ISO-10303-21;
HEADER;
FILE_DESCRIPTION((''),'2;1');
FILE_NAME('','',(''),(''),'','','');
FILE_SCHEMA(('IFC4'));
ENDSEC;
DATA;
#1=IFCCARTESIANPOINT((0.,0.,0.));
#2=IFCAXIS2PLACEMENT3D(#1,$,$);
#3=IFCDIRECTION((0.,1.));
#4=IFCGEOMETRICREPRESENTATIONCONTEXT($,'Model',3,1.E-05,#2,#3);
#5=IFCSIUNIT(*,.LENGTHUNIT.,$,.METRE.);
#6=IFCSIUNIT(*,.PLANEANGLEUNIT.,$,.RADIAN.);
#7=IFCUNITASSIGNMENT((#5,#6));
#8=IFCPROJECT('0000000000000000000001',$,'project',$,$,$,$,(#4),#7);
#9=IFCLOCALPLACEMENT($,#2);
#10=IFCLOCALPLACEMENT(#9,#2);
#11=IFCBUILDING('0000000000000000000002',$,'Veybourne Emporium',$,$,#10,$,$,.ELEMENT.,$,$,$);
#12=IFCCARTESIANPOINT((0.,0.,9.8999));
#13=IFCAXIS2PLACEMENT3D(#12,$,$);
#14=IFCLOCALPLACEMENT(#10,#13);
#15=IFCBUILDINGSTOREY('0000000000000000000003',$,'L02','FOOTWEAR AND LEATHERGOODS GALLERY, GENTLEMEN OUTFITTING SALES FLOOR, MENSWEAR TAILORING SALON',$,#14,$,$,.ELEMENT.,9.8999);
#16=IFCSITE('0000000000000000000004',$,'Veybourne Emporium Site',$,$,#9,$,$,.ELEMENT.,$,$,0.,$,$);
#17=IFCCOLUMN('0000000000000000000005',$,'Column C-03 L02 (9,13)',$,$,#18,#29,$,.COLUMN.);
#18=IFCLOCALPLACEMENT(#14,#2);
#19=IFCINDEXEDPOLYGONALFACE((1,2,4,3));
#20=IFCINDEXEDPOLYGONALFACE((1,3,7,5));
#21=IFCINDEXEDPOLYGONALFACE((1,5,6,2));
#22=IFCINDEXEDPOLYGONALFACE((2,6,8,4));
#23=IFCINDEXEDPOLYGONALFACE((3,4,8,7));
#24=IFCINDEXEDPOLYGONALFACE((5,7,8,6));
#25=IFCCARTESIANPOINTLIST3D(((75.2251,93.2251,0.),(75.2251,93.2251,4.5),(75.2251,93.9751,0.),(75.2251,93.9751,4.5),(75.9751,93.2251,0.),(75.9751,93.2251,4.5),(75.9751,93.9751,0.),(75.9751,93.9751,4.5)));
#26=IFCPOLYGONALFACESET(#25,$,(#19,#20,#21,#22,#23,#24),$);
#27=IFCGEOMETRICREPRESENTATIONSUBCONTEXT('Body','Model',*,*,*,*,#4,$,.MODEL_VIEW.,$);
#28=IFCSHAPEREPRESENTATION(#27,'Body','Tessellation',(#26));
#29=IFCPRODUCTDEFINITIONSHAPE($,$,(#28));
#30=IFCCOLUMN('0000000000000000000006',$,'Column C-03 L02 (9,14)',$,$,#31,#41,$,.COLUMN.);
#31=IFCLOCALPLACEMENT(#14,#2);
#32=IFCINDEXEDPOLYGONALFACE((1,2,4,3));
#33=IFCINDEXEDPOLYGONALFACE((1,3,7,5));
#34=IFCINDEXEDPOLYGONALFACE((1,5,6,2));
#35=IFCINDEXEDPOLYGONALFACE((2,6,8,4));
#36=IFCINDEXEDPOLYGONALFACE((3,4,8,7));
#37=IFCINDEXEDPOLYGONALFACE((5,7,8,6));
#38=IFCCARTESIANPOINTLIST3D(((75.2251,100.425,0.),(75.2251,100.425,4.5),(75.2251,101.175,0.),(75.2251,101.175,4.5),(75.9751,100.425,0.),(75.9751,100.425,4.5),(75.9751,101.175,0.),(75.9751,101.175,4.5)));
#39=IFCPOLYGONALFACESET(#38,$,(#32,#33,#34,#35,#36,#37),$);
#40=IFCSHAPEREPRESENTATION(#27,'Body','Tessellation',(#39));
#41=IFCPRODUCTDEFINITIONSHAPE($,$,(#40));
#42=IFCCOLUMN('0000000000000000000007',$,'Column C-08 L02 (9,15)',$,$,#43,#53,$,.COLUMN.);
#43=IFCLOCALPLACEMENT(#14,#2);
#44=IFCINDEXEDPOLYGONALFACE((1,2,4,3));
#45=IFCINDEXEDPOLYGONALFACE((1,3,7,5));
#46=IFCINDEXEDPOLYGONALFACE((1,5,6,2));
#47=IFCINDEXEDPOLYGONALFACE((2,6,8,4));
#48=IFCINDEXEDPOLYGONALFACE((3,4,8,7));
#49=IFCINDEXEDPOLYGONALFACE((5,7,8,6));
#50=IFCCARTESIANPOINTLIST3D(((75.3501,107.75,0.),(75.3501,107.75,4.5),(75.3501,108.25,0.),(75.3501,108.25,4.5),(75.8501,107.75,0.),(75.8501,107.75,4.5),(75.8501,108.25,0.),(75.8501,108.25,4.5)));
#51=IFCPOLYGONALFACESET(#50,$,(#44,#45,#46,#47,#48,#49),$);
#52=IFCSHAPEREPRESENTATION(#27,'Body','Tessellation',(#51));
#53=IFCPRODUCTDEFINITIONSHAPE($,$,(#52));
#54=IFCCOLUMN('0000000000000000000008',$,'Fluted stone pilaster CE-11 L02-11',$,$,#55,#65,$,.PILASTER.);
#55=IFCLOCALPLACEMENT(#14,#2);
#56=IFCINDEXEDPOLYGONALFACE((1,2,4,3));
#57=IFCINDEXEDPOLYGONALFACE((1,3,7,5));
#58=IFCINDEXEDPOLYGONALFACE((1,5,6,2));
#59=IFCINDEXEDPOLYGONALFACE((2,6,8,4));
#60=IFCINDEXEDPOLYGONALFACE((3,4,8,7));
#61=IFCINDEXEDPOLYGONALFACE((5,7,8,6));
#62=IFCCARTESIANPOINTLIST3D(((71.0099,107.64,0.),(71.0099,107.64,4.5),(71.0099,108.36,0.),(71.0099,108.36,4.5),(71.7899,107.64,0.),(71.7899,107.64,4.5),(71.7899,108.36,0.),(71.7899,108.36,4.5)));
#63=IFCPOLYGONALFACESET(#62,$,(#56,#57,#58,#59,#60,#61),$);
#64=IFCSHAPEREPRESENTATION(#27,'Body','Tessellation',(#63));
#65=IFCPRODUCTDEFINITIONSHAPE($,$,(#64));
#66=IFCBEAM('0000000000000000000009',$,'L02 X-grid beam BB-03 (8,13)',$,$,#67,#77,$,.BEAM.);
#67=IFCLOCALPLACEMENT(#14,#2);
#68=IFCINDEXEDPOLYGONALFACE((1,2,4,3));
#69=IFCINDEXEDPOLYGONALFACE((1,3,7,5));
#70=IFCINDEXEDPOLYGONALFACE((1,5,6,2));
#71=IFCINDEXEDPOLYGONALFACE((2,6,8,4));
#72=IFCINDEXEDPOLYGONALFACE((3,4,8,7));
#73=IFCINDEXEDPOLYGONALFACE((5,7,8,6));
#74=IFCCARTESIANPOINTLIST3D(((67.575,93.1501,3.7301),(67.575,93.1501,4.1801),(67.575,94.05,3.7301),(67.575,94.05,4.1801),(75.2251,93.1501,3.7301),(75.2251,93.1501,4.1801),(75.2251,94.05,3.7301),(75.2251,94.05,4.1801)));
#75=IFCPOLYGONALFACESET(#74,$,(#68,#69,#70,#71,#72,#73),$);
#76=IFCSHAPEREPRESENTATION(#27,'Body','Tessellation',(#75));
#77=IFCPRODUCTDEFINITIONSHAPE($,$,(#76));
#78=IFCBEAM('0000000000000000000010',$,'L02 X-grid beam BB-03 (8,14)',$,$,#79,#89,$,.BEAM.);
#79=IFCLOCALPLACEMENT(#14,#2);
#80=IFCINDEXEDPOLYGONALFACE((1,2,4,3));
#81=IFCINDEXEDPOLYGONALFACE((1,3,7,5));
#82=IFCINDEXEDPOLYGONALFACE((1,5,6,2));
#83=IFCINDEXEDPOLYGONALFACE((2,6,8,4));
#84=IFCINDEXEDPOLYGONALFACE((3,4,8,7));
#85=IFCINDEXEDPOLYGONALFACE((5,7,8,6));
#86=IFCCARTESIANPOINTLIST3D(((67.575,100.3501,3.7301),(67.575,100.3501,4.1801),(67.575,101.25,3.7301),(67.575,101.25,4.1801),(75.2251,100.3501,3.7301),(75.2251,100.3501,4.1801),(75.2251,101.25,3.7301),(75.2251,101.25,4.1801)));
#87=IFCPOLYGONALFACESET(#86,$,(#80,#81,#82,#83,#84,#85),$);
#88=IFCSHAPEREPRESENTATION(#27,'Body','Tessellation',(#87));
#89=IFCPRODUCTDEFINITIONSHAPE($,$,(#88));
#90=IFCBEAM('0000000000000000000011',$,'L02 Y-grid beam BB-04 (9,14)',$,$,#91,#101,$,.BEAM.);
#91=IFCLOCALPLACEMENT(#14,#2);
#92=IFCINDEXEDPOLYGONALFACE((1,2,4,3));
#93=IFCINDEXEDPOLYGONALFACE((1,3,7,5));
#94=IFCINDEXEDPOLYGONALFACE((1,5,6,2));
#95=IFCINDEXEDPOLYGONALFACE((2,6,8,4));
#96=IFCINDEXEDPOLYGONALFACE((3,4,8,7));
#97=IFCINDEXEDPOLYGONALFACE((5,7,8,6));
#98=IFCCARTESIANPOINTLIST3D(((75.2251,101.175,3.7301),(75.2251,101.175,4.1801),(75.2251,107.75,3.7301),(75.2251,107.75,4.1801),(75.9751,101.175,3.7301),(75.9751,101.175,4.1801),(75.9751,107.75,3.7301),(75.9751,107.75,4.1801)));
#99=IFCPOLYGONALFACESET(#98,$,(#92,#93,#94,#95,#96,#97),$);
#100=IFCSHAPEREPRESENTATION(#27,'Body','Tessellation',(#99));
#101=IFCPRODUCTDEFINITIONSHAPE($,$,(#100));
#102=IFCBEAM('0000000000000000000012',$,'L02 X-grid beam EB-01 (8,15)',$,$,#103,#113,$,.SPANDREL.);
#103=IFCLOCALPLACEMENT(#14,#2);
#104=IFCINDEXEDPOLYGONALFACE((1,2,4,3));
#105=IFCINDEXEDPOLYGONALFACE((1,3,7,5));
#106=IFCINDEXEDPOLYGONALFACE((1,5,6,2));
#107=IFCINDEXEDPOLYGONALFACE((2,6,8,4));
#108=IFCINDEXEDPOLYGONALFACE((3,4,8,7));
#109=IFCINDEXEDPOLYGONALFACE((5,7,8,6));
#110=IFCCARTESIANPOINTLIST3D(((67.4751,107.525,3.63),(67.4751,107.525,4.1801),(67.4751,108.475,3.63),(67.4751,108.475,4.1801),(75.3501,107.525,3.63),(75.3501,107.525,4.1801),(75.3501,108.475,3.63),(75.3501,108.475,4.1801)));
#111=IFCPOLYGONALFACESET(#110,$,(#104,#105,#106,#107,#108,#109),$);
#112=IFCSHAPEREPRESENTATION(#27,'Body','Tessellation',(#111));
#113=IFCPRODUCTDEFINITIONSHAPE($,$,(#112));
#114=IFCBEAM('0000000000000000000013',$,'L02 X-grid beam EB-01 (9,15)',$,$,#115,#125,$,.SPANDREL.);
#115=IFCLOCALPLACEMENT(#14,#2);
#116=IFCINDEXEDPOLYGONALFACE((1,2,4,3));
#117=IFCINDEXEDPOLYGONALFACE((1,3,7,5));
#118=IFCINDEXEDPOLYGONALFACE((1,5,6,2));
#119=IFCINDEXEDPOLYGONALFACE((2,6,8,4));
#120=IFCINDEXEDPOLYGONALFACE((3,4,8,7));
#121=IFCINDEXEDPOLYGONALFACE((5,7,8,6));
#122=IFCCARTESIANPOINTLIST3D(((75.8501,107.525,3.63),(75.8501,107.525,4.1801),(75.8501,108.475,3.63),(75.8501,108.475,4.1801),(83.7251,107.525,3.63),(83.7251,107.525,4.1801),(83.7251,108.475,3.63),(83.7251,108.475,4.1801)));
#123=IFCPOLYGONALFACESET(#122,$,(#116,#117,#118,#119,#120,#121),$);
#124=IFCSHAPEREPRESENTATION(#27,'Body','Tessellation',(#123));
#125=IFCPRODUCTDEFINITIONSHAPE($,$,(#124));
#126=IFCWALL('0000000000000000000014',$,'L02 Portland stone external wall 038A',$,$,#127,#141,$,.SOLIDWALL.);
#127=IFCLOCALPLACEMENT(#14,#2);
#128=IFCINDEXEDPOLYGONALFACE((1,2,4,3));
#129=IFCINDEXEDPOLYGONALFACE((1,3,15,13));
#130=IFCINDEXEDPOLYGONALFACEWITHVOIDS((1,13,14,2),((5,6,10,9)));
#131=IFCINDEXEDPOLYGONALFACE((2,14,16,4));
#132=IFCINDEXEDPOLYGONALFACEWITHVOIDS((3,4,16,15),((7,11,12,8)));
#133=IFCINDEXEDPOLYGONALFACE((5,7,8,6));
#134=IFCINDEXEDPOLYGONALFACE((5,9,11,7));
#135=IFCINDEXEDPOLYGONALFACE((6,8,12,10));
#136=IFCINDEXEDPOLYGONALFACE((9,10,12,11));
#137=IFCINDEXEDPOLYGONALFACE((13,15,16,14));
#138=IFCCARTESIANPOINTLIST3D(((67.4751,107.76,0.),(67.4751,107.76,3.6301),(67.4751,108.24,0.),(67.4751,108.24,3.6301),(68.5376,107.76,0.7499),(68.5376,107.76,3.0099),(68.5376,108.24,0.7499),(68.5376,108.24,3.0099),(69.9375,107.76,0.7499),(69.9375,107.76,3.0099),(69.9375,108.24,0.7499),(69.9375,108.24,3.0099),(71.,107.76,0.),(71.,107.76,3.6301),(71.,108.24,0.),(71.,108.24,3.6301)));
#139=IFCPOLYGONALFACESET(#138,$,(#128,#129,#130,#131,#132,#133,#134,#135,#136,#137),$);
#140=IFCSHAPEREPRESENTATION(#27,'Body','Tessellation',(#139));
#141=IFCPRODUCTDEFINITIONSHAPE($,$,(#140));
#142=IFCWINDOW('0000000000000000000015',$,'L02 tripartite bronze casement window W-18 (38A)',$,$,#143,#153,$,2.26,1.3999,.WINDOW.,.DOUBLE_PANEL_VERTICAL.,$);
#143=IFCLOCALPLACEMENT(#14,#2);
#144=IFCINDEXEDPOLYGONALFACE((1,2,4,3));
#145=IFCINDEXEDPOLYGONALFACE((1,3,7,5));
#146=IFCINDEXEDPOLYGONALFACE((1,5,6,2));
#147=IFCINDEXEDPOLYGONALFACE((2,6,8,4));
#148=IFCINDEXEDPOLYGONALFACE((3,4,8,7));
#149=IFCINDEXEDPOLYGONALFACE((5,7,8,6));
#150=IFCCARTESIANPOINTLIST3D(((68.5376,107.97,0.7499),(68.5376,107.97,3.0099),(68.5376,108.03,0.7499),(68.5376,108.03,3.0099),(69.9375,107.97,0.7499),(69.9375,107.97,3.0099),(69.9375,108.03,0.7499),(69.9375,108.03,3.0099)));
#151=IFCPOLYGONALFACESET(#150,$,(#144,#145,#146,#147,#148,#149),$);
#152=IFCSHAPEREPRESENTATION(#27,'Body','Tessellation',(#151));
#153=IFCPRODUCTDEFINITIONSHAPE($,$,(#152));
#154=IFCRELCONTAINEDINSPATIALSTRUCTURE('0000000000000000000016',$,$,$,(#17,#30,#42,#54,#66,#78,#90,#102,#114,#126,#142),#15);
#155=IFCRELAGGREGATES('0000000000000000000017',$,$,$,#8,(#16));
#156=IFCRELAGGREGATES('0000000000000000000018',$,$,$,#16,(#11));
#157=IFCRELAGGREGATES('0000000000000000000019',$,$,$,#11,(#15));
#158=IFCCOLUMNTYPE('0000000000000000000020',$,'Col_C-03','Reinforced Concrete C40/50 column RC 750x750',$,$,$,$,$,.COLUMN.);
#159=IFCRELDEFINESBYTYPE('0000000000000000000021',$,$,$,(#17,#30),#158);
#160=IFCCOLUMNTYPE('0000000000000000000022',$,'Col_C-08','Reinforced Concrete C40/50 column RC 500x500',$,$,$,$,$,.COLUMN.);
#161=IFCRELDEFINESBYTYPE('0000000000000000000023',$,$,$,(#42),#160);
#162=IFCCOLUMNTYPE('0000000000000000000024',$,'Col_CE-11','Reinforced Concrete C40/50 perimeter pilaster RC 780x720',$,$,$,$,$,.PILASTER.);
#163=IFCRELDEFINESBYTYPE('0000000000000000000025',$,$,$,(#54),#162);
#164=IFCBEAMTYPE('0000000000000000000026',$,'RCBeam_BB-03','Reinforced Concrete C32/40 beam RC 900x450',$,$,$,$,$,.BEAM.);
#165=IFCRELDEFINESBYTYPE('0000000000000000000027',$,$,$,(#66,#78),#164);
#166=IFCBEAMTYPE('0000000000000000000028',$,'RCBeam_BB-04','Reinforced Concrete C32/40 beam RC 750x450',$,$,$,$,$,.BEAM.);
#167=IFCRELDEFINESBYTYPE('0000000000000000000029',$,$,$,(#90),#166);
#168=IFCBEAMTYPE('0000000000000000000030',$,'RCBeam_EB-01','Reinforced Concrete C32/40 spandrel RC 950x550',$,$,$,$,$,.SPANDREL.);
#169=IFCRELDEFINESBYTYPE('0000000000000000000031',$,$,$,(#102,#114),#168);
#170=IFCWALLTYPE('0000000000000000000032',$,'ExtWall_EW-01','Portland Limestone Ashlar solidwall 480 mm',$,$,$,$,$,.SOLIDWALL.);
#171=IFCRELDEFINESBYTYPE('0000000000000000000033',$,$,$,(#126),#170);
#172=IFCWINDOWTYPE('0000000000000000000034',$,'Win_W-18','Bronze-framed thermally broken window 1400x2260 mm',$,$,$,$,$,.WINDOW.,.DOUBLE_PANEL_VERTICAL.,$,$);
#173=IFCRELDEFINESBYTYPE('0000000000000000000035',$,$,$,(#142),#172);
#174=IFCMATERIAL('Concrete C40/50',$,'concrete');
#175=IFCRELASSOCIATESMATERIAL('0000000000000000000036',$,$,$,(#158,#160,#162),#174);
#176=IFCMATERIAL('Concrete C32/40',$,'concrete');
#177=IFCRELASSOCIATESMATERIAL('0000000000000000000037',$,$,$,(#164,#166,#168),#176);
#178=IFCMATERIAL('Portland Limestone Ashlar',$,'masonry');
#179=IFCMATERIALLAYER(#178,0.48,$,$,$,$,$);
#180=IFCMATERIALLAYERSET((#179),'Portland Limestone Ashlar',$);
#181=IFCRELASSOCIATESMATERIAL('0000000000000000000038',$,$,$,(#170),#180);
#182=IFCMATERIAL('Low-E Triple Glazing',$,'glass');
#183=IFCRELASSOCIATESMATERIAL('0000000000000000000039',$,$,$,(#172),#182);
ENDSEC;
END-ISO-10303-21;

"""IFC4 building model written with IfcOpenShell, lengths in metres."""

from ifc_helpers import new_model, si_unit, direction, frame, frame_2d, origin, origin_2d, place, context, subcontext, project, spatial, rectangle, extrude, material, layer, layer_set, material_profile, profile_set, type_object, element, fill, save


model = new_model("IFC4")

# Units and contexts
model_context = context("Model", 3, precision=1e-05, world=origin(), true_north=direction((0.0, 1.0)))
body_context = subcontext(model_context, "Body", "Model", "MODEL_VIEW")
ifc_project = project(units=[si_unit("LENGTHUNIT", "METRE"), si_unit("PLANEANGLEUNIT", "RADIAN")], contexts=[model_context])

# Site, building, storey
site_placement = place(None, origin())
site = spatial("IfcSite", under=ifc_project, at=site_placement, Name="Veybourne Emporium Site", CompositionType="ELEMENT", RefElevation=0.0)
building_placement = place(site_placement, origin())
building = spatial("IfcBuilding", under=site, at=building_placement, Name="Veybourne Emporium", CompositionType="ELEMENT")
storey_placement = place(building_placement, frame((0.0, 0.0, 9.8999)))
storey = spatial("IfcBuildingStorey", under=building, at=storey_placement, Name="L02", Description="FOOTWEAR AND LEATHERGOODS GALLERY, GENTLEMEN OUTFITTING SALES FLOOR, MENSWEAR TAILORING SALON", CompositionType="ELEMENT", Elevation=9.8999)

# Columns
ifc_material_1 = material(Name="Concrete C40/50", Category="concrete")
ifc_material_profile_1 = material_profile(ifc_material_1, rectangle(XDim=0.75, YDim=0.75, at=origin_2d()), Name="RC 750x750")
ifc_profile_set_1 = profile_set([ifc_material_profile_1], Name="Concrete C40/50")
column_type_1 = type_object("IfcColumnType", Name="Col_C-03", Description="Reinforced Concrete C40/50 column RC 750x750", PredefinedType="COLUMN", material=ifc_profile_set_1)
for number, where, z_axis, x_axis, name in (
    (1, (75.6001, 93.6001, 0.0), (0.0, 0.0, 1.0), (1.0, 0.0, 0.0), "Column C-03 L02 (9,13)"),
    (2, (75.6001, 100.8, 0.0), (0.0, 0.0, 1.0), (1.0, 0.0, 0.0), "Column C-03 L02 (9,14)"),
):
    element("IfcColumn", number, at=place(storey_placement, frame(where, z_axis=z_axis, x_axis=x_axis)), inside=storey, type_object=column_type_1, Name=name, PredefinedType="COLUMN", context=body_context, shape_type="SweptSolid", body=[
        extrude(rectangle(XDim=0.75, YDim=0.75, at=origin_2d()), origin(), (0.0, 0.0, 1.0), 4.5),
    ])
ifc_material_profile_2 = material_profile(ifc_material_1, rectangle(XDim=0.5, YDim=0.5, at=origin_2d()), Name="RC 500x500")
ifc_profile_set_2 = profile_set([ifc_material_profile_2], Name="Concrete C40/50")
column_type_2 = type_object("IfcColumnType", Name="Col_C-08", Description="Reinforced Concrete C40/50 column RC 500x500", PredefinedType="COLUMN", material=ifc_profile_set_2)
column_1_placement = place(storey_placement, frame((75.6001, 108.0, 0.0), z_axis=(0.0, 0.0, 1.0), x_axis=(1.0, 0.0, 0.0)))
element("IfcColumn", 3, at=column_1_placement, inside=storey, type_object=column_type_2, Name="Column C-08 L02 (9,15)", PredefinedType="COLUMN", context=body_context, shape_type="SweptSolid", body=[
    extrude(rectangle(XDim=0.5, YDim=0.5, at=origin_2d()), origin(), (0.0, 0.0, 1.0), 4.5),
])
ifc_material_profile_3 = material_profile(ifc_material_1, rectangle(XDim=0.78, YDim=0.72, at=origin_2d()), Name="RC 780x720")
ifc_profile_set_3 = profile_set([ifc_material_profile_3], Name="Concrete C40/50")
column_type_3 = type_object("IfcColumnType", Name="Col_CE-11", Description="Reinforced Concrete C40/50 perimeter pilaster RC 780x720", PredefinedType="PILASTER", material=ifc_profile_set_3)
column_2_placement = place(storey_placement, frame((71.3999, 108.0, 0.0), z_axis=(0.0, 0.0, 1.0), x_axis=(1.0, 0.0, 0.0)))
element("IfcColumn", 4, at=column_2_placement, inside=storey, type_object=column_type_3, Name="Fluted stone pilaster CE-11 L02-11", PredefinedType="PILASTER", context=body_context, shape_type="SweptSolid", body=[
    extrude(rectangle(XDim=0.78, YDim=0.72, at=origin_2d()), origin(), (0.0, 0.0, 1.0), 4.5),
])

# Beams
ifc_material_2 = material(Name="Concrete C32/40", Category="concrete")
ifc_material_profile_4 = material_profile(ifc_material_2, rectangle(XDim=0.8999, YDim=0.45, at=origin_2d()), Name="RC 900x450")
ifc_profile_set_4 = profile_set([ifc_material_profile_4], Name="Concrete C32/40")
beam_type_1 = type_object("IfcBeamType", Name="RCBeam_BB-03", Description="Reinforced Concrete C32/40 beam RC 900x450", PredefinedType="BEAM", material=ifc_profile_set_4)
for number, where, z_axis, x_axis, name in (
    (5, (67.575, 93.6001, 3.9551), (1.0, 0.0, 0.0), (0.0, 1.0, 0.0), "L02 X-grid beam BB-03 (8,13)"),
    (6, (67.575, 100.8, 3.9551), (1.0, 0.0, 0.0), (0.0, 1.0, 0.0), "L02 X-grid beam BB-03 (8,14)"),
):
    element("IfcBeam", number, at=place(storey_placement, frame(where, z_axis=z_axis, x_axis=x_axis)), inside=storey, type_object=beam_type_1, Name=name, PredefinedType="BEAM", context=body_context, shape_type="SweptSolid", body=[
        extrude(rectangle(XDim=0.8999, YDim=0.45, at=origin_2d()), origin(), (0.0, 0.0, 1.0), 7.6501),
    ])
ifc_material_profile_5 = material_profile(ifc_material_2, rectangle(XDim=0.75, YDim=0.45, at=origin_2d()), Name="RC 750x450")
ifc_profile_set_5 = profile_set([ifc_material_profile_5], Name="Concrete C32/40")
beam_type_2 = type_object("IfcBeamType", Name="RCBeam_BB-04", Description="Reinforced Concrete C32/40 beam RC 750x450", PredefinedType="BEAM", material=ifc_profile_set_5)
beam_placement = place(storey_placement, frame((75.6001, 101.175, 3.9551), z_axis=(0.0, 1.0, 0.0), x_axis=(-1.0, 0.0, 0.0)))
element("IfcBeam", 7, at=beam_placement, inside=storey, type_object=beam_type_2, Name="L02 Y-grid beam BB-04 (9,14)", PredefinedType="BEAM", context=body_context, shape_type="SweptSolid", body=[
    extrude(rectangle(XDim=0.75, YDim=0.45, at=origin_2d()), origin(), (0.0, 0.0, 1.0), 6.575),
])
ifc_material_profile_6 = material_profile(ifc_material_2, rectangle(XDim=0.95, YDim=0.55, at=origin_2d()), Name="RC 950x550")
ifc_profile_set_6 = profile_set([ifc_material_profile_6], Name="Concrete C32/40")
beam_type_3 = type_object("IfcBeamType", Name="RCBeam_EB-01", Description="Reinforced Concrete C32/40 spandrel RC 950x550", PredefinedType="SPANDREL", material=ifc_profile_set_6)
for number, where, z_axis, x_axis, name in (
    (8, (67.4751, 108.0, 3.905), (1.0, 0.0, 0.0), (0.0, 1.0, 0.0), "L02 X-grid beam EB-01 (8,15)"),
    (9, (75.8501, 108.0, 3.905), (1.0, 0.0, 0.0), (0.0, 1.0, 0.0), "L02 X-grid beam EB-01 (9,15)"),
):
    element("IfcBeam", number, at=place(storey_placement, frame(where, z_axis=z_axis, x_axis=x_axis)), inside=storey, type_object=beam_type_3, Name=name, PredefinedType="SPANDREL", context=body_context, shape_type="SweptSolid", body=[
        extrude(rectangle(XDim=0.95, YDim=0.55, at=origin_2d()), origin(), (0.0, 0.0, 1.0), 7.875),
    ])

# Wall, opening, window
ifc_material_3 = material(Name="Portland Limestone Ashlar", Category="masonry")
ifc_layer_1 = layer(ifc_material_3, 0.48)
ifc_layer_set_1 = layer_set([ifc_layer_1], Name="Portland Limestone Ashlar")
wall_type_1 = type_object("IfcWallType", Name="ExtWall_EW-01", Description="Portland Limestone Ashlar solidwall 480 mm", PredefinedType="SOLIDWALL", material=ifc_layer_set_1)
wall_1_placement = place(storey_placement, frame((67.4751, 108.0, 0.0), z_axis=(0.0, 0.0, 1.0), x_axis=(1.0, 0.0, 0.0)))
wall_1 = element("IfcWall", 10, at=wall_1_placement, inside=storey, type_object=wall_type_1, Name="L02 Portland stone external wall 038A", PredefinedType="SOLIDWALL", context=body_context, shape_type="SweptSolid", body=[
    extrude(rectangle(XDim=3.5249, YDim=0.48, at=frame_2d((1.7625, 0.0))), origin(), (0.0, 0.0, 1.0), 3.6301),
])
opening_1_placement = place(wall_1_placement, frame((1.0625, 0.0, 0.75)))
opening_1 = element("IfcOpeningElement", 11, at=opening_1_placement, cuts=wall_1, PredefinedType="OPENING", context=body_context, shape_type="SweptSolid", body=[
    extrude(rectangle(XDim=1.3999, YDim=2.26, at=frame_2d((0.7, 1.1299))), frame((0.0, 0.26, 0.0), z_axis=(0.0, -1.0, 0.0), x_axis=(1.0, 0.0, 0.0)), (0.0, 0.0, 1.0), 0.52),
])
ifc_material_4 = material(Name="Low-E Triple Glazing", Category="glass")
window_type_1 = type_object("IfcWindowType", Name="Win_W-18", Description="Bronze-framed thermally broken window 1400x2260 mm", PartitioningType="DOUBLE_PANEL_VERTICAL", PredefinedType="WINDOW", material=ifc_material_4)
window_1_placement = place(opening_1_placement, origin())
window_1 = element("IfcWindow", 12, at=window_1_placement, inside=storey, type_object=window_type_1, Name="L02 tripartite bronze casement window W-18 (38A)", OverallHeight=2.26, OverallWidth=1.3999, PartitioningType="DOUBLE_PANEL_VERTICAL", PredefinedType="WINDOW", context=body_context, shape_type="SweptSolid", body=[
    extrude(rectangle(XDim=1.3999, YDim=2.26, at=frame_2d((0.7, 1.1299))), frame((0.0, 0.03, 0.0), z_axis=(0.0, -1.0, 0.0), x_axis=(1.0, 0.0, 0.0)), (0.0, 0.0, 1.0), 0.0601),
])
fill(opening_1, window_1)

save(model, "model.ifc")
